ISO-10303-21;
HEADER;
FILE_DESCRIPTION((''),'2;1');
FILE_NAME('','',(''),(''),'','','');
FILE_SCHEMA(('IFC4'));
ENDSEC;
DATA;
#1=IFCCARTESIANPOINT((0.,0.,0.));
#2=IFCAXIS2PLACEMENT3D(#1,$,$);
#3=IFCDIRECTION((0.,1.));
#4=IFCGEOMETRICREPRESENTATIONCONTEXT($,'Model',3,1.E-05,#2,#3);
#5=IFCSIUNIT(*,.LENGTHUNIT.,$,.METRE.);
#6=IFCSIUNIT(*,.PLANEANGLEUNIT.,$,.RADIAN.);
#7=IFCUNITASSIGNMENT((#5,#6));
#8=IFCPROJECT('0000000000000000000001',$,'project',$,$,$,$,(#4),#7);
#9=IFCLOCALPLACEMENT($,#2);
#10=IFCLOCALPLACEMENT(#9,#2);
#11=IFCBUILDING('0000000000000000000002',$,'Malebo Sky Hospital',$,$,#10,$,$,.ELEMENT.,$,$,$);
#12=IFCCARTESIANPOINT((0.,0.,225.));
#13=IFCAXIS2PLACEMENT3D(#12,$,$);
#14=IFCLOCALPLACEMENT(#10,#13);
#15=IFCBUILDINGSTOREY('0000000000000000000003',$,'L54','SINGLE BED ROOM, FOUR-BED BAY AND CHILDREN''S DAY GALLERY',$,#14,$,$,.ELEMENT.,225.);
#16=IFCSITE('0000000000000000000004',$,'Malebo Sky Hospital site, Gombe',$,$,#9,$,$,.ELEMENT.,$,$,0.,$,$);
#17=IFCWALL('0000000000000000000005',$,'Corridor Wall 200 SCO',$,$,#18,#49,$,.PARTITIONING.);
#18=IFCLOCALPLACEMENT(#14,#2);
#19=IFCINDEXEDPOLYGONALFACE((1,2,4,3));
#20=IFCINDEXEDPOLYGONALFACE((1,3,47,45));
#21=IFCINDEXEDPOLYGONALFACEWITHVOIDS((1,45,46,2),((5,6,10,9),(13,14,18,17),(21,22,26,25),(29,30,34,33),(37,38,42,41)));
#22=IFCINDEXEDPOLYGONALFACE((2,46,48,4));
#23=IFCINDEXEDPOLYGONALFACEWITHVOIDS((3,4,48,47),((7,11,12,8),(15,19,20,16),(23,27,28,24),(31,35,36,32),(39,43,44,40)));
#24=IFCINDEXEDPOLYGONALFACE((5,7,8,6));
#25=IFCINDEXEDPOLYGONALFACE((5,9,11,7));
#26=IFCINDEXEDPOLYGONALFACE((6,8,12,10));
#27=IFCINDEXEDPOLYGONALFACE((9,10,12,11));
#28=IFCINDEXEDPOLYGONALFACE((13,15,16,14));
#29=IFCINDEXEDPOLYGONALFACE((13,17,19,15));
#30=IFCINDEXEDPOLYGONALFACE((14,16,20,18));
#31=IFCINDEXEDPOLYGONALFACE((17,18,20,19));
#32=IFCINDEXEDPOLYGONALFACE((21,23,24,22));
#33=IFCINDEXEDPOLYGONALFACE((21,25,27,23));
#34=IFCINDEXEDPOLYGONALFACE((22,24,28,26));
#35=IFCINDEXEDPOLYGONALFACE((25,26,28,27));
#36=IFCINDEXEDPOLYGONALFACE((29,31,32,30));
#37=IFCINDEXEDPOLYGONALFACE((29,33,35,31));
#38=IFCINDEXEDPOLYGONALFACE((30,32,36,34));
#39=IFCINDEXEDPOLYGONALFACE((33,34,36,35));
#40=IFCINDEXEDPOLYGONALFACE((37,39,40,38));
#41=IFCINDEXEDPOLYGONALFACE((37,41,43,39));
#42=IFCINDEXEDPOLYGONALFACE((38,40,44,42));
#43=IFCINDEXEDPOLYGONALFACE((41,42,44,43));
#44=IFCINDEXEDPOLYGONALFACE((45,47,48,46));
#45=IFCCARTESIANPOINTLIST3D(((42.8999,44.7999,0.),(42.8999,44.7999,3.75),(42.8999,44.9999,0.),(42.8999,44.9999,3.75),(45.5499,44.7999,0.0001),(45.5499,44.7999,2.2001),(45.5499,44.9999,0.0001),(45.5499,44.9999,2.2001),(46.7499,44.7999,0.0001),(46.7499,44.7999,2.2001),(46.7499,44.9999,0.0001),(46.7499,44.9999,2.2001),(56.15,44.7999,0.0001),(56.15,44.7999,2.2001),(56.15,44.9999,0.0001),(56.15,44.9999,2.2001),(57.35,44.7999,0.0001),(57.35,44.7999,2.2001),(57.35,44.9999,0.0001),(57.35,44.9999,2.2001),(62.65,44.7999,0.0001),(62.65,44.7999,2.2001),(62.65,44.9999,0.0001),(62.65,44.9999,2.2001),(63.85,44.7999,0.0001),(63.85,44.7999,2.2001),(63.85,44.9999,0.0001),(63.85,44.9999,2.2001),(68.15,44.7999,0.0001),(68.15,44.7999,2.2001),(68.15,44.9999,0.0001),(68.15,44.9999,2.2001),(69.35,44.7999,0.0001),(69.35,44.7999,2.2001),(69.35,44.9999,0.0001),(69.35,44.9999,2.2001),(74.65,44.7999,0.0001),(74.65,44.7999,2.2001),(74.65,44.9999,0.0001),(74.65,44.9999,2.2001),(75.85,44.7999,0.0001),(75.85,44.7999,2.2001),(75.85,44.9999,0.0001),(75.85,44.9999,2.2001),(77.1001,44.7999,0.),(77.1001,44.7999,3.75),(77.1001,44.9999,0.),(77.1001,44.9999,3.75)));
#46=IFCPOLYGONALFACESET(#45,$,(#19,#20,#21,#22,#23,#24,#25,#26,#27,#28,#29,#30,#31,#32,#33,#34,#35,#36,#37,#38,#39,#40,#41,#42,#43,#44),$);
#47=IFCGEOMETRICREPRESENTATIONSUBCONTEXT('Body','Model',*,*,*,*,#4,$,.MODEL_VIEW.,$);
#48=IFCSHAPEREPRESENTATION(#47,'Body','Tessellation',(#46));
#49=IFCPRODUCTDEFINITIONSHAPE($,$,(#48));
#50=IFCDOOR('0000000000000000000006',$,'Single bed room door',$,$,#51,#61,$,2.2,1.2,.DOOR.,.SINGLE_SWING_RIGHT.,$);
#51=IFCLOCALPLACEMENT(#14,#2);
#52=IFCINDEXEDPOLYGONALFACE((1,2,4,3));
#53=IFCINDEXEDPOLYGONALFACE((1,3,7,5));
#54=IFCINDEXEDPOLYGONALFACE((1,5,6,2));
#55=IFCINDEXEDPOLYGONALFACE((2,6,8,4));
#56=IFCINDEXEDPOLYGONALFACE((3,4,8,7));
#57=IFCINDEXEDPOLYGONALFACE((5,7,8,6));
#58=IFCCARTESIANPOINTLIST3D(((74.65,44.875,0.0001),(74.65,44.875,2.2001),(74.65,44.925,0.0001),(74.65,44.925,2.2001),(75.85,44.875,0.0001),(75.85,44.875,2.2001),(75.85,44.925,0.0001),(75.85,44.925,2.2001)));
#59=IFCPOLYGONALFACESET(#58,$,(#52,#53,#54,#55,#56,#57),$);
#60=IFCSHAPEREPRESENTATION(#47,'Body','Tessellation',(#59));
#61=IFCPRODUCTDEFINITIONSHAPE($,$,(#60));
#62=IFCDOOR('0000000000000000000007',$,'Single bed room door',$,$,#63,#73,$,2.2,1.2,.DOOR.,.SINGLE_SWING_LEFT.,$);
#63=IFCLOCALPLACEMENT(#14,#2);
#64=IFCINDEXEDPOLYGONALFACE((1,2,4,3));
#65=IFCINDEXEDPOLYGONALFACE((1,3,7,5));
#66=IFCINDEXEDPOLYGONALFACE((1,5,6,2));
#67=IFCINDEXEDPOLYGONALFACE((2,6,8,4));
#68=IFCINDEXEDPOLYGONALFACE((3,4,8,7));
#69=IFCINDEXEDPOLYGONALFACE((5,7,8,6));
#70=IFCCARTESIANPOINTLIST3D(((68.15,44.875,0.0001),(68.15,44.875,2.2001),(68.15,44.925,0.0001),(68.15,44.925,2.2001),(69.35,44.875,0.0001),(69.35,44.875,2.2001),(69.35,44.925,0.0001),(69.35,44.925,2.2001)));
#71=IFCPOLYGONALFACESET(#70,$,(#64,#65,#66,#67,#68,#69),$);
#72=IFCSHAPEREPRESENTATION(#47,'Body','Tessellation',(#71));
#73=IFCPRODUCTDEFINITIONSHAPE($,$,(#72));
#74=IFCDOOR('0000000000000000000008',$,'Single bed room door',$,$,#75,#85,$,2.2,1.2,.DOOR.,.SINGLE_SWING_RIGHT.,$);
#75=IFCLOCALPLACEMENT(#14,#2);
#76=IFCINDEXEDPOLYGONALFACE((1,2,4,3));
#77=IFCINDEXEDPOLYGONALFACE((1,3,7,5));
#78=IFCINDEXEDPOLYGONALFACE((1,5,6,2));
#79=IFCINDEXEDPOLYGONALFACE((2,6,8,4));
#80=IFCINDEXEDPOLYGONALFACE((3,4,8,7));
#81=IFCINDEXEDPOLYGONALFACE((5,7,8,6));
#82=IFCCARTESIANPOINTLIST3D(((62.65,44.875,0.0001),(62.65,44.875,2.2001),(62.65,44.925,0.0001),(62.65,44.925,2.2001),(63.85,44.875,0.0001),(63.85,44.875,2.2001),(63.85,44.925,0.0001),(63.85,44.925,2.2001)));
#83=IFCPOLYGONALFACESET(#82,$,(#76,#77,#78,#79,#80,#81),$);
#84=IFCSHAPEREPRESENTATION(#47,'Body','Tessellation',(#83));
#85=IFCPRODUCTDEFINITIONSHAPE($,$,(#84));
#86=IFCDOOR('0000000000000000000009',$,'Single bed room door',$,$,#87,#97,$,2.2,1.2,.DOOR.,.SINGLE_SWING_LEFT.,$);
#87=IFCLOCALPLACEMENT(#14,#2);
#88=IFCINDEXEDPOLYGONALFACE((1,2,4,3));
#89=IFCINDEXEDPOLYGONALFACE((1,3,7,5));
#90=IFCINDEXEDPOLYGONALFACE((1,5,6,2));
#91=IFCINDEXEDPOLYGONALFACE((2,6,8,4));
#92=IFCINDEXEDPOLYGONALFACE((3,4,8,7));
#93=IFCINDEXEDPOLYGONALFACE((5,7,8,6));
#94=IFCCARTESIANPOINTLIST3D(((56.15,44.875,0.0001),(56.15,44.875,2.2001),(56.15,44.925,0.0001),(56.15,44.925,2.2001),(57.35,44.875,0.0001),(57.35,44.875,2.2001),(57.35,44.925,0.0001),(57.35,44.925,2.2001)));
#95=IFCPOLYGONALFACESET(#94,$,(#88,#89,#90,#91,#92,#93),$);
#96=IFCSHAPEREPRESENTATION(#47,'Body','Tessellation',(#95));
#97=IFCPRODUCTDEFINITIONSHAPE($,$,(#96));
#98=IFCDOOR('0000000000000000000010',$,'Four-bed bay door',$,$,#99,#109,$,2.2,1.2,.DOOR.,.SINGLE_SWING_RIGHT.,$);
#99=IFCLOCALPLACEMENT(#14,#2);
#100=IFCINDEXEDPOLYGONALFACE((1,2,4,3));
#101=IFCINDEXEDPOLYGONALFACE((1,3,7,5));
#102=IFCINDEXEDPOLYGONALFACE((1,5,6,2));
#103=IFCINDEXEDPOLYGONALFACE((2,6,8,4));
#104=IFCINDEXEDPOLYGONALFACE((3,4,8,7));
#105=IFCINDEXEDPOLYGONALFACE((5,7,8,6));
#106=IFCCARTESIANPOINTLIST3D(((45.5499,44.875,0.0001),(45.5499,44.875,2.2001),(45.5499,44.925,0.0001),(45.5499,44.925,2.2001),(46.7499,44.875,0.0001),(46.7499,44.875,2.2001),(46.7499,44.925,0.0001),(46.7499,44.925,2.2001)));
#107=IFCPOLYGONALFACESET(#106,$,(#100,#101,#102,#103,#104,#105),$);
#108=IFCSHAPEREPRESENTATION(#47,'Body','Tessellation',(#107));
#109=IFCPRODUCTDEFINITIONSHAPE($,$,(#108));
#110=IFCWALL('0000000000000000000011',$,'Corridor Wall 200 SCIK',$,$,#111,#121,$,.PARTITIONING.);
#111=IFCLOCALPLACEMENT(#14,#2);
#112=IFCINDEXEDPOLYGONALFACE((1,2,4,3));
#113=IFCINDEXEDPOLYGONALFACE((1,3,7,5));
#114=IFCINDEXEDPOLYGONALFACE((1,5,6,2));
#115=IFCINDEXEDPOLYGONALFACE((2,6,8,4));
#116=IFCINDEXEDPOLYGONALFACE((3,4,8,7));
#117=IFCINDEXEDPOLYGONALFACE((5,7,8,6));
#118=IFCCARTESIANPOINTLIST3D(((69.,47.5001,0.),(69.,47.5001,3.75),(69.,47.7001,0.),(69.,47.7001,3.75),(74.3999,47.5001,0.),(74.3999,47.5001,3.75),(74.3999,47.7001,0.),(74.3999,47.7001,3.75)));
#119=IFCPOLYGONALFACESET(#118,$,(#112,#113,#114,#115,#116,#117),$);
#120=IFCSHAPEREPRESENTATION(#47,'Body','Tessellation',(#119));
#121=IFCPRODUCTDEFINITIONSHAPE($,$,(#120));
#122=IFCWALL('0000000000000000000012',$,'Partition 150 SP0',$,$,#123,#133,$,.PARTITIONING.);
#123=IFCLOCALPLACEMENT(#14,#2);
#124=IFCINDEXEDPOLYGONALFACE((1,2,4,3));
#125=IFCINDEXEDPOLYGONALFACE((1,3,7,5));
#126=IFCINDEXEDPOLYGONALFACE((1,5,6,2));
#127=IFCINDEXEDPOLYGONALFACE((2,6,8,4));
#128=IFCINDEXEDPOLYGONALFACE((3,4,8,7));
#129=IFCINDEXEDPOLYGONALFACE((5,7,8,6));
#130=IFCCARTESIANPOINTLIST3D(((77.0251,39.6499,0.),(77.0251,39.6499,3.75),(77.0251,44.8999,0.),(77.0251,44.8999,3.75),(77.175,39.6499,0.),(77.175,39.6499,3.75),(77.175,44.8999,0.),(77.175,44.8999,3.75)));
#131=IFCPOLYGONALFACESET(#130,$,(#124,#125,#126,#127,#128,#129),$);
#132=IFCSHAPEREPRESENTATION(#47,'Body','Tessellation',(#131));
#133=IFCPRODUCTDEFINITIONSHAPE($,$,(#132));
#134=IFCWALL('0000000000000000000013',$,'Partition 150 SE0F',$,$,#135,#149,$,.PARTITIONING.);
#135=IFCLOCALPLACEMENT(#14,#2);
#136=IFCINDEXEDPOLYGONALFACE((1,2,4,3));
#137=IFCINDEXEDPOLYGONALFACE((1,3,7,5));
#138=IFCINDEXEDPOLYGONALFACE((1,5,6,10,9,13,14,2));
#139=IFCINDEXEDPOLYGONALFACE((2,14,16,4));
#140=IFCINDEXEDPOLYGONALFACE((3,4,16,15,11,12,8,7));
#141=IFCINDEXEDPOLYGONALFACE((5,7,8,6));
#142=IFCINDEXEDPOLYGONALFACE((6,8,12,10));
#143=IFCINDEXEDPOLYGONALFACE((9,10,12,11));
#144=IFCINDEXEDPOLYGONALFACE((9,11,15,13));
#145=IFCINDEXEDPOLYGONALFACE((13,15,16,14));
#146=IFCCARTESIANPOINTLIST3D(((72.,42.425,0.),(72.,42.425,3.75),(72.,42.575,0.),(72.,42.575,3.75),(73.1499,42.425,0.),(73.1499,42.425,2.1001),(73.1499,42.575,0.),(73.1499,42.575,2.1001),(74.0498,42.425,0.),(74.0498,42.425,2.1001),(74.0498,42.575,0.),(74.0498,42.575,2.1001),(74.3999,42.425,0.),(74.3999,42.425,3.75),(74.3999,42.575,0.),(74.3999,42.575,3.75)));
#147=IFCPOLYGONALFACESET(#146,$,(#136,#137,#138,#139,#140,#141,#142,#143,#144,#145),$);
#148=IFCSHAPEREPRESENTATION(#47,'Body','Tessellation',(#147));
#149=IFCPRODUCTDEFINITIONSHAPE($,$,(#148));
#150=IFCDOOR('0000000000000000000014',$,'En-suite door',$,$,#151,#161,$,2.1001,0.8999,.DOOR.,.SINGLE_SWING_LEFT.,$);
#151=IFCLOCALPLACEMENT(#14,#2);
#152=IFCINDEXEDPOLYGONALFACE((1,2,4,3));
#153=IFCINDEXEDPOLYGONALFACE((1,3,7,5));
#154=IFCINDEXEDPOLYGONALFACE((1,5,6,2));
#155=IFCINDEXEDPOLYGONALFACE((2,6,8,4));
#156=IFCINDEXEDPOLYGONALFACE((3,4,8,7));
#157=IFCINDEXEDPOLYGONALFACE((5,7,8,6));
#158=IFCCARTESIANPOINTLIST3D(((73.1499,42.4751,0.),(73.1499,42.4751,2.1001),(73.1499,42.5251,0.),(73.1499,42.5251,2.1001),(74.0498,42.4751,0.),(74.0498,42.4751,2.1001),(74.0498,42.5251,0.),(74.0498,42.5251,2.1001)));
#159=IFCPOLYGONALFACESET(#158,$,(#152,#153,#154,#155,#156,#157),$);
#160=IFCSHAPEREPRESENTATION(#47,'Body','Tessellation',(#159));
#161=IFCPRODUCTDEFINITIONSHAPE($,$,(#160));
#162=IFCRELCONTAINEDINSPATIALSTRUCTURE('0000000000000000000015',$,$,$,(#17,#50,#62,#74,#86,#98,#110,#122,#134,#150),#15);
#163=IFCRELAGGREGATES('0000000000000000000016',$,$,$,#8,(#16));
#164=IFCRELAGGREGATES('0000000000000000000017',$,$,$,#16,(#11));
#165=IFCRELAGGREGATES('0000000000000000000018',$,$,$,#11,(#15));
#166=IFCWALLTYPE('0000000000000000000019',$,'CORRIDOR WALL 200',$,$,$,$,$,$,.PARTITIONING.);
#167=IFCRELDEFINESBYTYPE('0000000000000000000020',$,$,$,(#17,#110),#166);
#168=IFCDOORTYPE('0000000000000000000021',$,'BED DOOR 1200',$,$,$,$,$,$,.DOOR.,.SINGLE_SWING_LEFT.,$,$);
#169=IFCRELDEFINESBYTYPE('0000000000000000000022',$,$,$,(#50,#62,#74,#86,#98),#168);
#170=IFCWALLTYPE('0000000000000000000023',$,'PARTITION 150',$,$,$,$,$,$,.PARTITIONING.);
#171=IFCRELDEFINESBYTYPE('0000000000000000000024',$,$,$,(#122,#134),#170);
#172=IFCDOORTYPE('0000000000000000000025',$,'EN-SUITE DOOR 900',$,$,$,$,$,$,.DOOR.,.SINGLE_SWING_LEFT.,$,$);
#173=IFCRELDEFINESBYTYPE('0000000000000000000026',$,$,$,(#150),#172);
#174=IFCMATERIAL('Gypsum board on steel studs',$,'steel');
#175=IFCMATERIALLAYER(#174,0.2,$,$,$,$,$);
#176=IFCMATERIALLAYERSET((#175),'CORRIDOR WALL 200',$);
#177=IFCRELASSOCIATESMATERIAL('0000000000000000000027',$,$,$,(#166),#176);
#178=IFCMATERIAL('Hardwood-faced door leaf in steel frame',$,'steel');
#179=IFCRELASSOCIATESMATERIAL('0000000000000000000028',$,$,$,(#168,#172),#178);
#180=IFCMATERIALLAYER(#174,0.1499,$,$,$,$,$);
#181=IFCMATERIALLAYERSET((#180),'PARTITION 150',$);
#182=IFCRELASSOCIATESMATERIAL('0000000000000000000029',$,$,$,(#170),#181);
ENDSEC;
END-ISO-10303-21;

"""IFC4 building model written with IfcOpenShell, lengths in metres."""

from ifc_helpers import new_model, si_unit, direction, frame, frame_2d, origin, place, context, subcontext, project, spatial, rectangle, extrude, material, layer, layer_set, type_object, element, fill, save


model = new_model("IFC4")

# Units and contexts
model_context = context("Model", 3, precision=1e-05, world=origin(), true_north=direction((0.0, 1.0)))
body_context = subcontext(model_context, "Body", "Model", "MODEL_VIEW")
ifc_project = project(units=[si_unit("LENGTHUNIT", "METRE"), si_unit("PLANEANGLEUNIT", "RADIAN")], contexts=[model_context])

# Site, building, storey
site_placement = place(None, origin())
site = spatial("IfcSite", under=ifc_project, at=site_placement, Name="Malebo Sky Hospital site, Gombe", CompositionType="ELEMENT", RefElevation=0.0)
building_placement = place(site_placement, origin())
building = spatial("IfcBuilding", under=site, at=building_placement, Name="Malebo Sky Hospital", CompositionType="ELEMENT")
storey_placement = place(building_placement, frame((0.0, 0.0, 225.0)))
storey = spatial("IfcBuildingStorey", under=building, at=storey_placement, Name="L54", Description="SINGLE BED ROOM, FOUR-BED BAY AND CHILDREN'S DAY GALLERY", CompositionType="ELEMENT", Elevation=225.0)

# Wall, openings, doors
ifc_material_1 = material(Name="Gypsum board on steel studs", Category="steel")
ifc_layer_1 = layer(ifc_material_1, 0.2)
ifc_layer_set_1 = layer_set([ifc_layer_1], Name="CORRIDOR WALL 200")
wall_type_1 = type_object("IfcWallType", Name="CORRIDOR WALL 200", PredefinedType="PARTITIONING", material=ifc_layer_set_1)
wall_1_placement = place(storey_placement, frame((77.1001, 44.8999, 0.0), z_axis=(0.0, 0.0, 1.0), x_axis=(-1.0, 0.0, 0.0)))
wall_1 = element("IfcWall", 1, at=wall_1_placement, inside=storey, type_object=wall_type_1, Name="Corridor Wall 200 SCO", PredefinedType="PARTITIONING", context=body_context, shape_type="SweptSolid", body=[
    extrude(rectangle(XDim=34.2002, YDim=0.2, at=frame_2d((17.1001, 0.0))), origin(), (0.0, 0.0, 1.0), 3.75),
])
opening_1_placement = place(wall_1_placement, frame((1.25, 0.0, 0.0)))
opening_1 = element("IfcOpeningElement", 2, at=opening_1_placement, cuts=wall_1, PredefinedType="OPENING", context=body_context, shape_type="SweptSolid", body=[
    extrude(rectangle(XDim=1.2, YDim=2.2, at=frame_2d((0.6001, 1.1001))), frame((0.0, 0.1099, 0.0), z_axis=(0.0, -1.0, 0.0), x_axis=(1.0, 0.0, 0.0)), (0.0, 0.0, 1.0), 0.22),
])
opening_2_placement = place(wall_1_placement, frame((7.75, 0.0, 0.0)))
opening_2 = element("IfcOpeningElement", 3, at=opening_2_placement, cuts=wall_1, PredefinedType="OPENING", context=body_context, shape_type="SweptSolid", body=[
    extrude(rectangle(XDim=1.2, YDim=2.2, at=frame_2d((0.6001, 1.1001))), frame((0.0, 0.1099, 0.0), z_axis=(0.0, -1.0, 0.0), x_axis=(1.0, 0.0, 0.0)), (0.0, 0.0, 1.0), 0.22),
])
opening_3_placement = place(wall_1_placement, frame((13.25, 0.0, 0.0)))
opening_3 = element("IfcOpeningElement", 4, at=opening_3_placement, cuts=wall_1, PredefinedType="OPENING", context=body_context, shape_type="SweptSolid", body=[
    extrude(rectangle(XDim=1.2, YDim=2.2, at=frame_2d((0.6001, 1.1001))), frame((0.0, 0.1099, 0.0), z_axis=(0.0, -1.0, 0.0), x_axis=(1.0, 0.0, 0.0)), (0.0, 0.0, 1.0), 0.22),
])
opening_4_placement = place(wall_1_placement, frame((19.75, 0.0, 0.0)))
opening_4 = element("IfcOpeningElement", 5, at=opening_4_placement, cuts=wall_1, PredefinedType="OPENING", context=body_context, shape_type="SweptSolid", body=[
    extrude(rectangle(XDim=1.2, YDim=2.2, at=frame_2d((0.6001, 1.1001))), frame((0.0, 0.1099, 0.0), z_axis=(0.0, -1.0, 0.0), x_axis=(1.0, 0.0, 0.0)), (0.0, 0.0, 1.0), 0.22),
])
opening_5_placement = place(wall_1_placement, frame((30.3501, 0.0, 0.0)))
opening_5 = element("IfcOpeningElement", 6, at=opening_5_placement, cuts=wall_1, PredefinedType="OPENING", context=body_context, shape_type="SweptSolid", body=[
    extrude(rectangle(XDim=1.2, YDim=2.2, at=frame_2d((0.6001, 1.1001))), frame((0.0, 0.1099, 0.0), z_axis=(0.0, -1.0, 0.0), x_axis=(1.0, 0.0, 0.0)), (0.0, 0.0, 1.0), 0.22),
])
ifc_material_2 = material(Name="Hardwood-faced door leaf in steel frame", Category="steel")
door_type_1 = type_object("IfcDoorType", Name="BED DOOR 1200", OperationType="SINGLE_SWING_LEFT", PredefinedType="DOOR", material=ifc_material_2)
door_1_placement = place(opening_1_placement, origin())
door_1 = element("IfcDoor", 7, at=door_1_placement, inside=storey, type_object=door_type_1, Name="Single bed room door", OperationType="SINGLE_SWING_RIGHT", OverallHeight=2.2, OverallWidth=1.2, PredefinedType="DOOR", context=body_context, shape_type="SweptSolid", body=[
    extrude(rectangle(XDim=1.2, YDim=2.2, at=frame_2d((0.6001, 1.1001))), frame((0.0, 0.0249, 0.0), z_axis=(0.0, -1.0, 0.0), x_axis=(1.0, 0.0, 0.0)), (0.0, 0.0, 1.0), 0.05),
])
fill(opening_1, door_1)
door_2_placement = place(opening_2_placement, origin())
door_2 = element("IfcDoor", 8, at=door_2_placement, inside=storey, type_object=door_type_1, Name="Single bed room door", OperationType="SINGLE_SWING_LEFT", OverallHeight=2.2, OverallWidth=1.2, PredefinedType="DOOR", context=body_context, shape_type="SweptSolid", body=[
    extrude(rectangle(XDim=1.2, YDim=2.2, at=frame_2d((0.6001, 1.1001))), frame((0.0, 0.0249, 0.0), z_axis=(0.0, -1.0, 0.0), x_axis=(1.0, 0.0, 0.0)), (0.0, 0.0, 1.0), 0.05),
])
fill(opening_2, door_2)
door_3_placement = place(opening_3_placement, origin())
door_3 = element("IfcDoor", 9, at=door_3_placement, inside=storey, type_object=door_type_1, Name="Single bed room door", OperationType="SINGLE_SWING_RIGHT", OverallHeight=2.2, OverallWidth=1.2, PredefinedType="DOOR", context=body_context, shape_type="SweptSolid", body=[
    extrude(rectangle(XDim=1.2, YDim=2.2, at=frame_2d((0.6001, 1.1001))), frame((0.0, 0.0249, 0.0), z_axis=(0.0, -1.0, 0.0), x_axis=(1.0, 0.0, 0.0)), (0.0, 0.0, 1.0), 0.05),
])
fill(opening_3, door_3)
door_4_placement = place(opening_4_placement, origin())
door_4 = element("IfcDoor", 10, at=door_4_placement, inside=storey, type_object=door_type_1, Name="Single bed room door", OperationType="SINGLE_SWING_LEFT", OverallHeight=2.2, OverallWidth=1.2, PredefinedType="DOOR", context=body_context, shape_type="SweptSolid", body=[
    extrude(rectangle(XDim=1.2, YDim=2.2, at=frame_2d((0.6001, 1.1001))), frame((0.0, 0.0249, 0.0), z_axis=(0.0, -1.0, 0.0), x_axis=(1.0, 0.0, 0.0)), (0.0, 0.0, 1.0), 0.05),
])
fill(opening_4, door_4)
door_5_placement = place(opening_5_placement, origin())
door_5 = element("IfcDoor", 11, at=door_5_placement, inside=storey, type_object=door_type_1, Name="Four-bed bay door", OperationType="SINGLE_SWING_RIGHT", OverallHeight=2.2, OverallWidth=1.2, PredefinedType="DOOR", context=body_context, shape_type="SweptSolid", body=[
    extrude(rectangle(XDim=1.2, YDim=2.2, at=frame_2d((0.6001, 1.1001))), frame((0.0, 0.0249, 0.0), z_axis=(0.0, -1.0, 0.0), x_axis=(1.0, 0.0, 0.0)), (0.0, 0.0, 1.0), 0.05),
])
fill(opening_5, door_5)

# Walls
wall_2_placement = place(storey_placement, frame((74.3999, 47.6001, 0.0), z_axis=(0.0, 0.0, 1.0), x_axis=(-1.0, 0.0, 0.0)))
element("IfcWall", 12, at=wall_2_placement, inside=storey, type_object=wall_type_1, Name="Corridor Wall 200 SCIK", PredefinedType="PARTITIONING", context=body_context, shape_type="SweptSolid", body=[
    extrude(rectangle(XDim=5.3999, YDim=0.2, at=frame_2d((2.7, 0.0))), origin(), (0.0, 0.0, 1.0), 3.75),
])
ifc_layer_2 = layer(ifc_material_1, 0.1499)
ifc_layer_set_2 = layer_set([ifc_layer_2], Name="PARTITION 150")
wall_type_2 = type_object("IfcWallType", Name="PARTITION 150", PredefinedType="PARTITIONING", material=ifc_layer_set_2)
wall_3_placement = place(storey_placement, frame((77.1001, 44.8999, 0.0), z_axis=(0.0, 0.0, 1.0), x_axis=(0.0, -1.0, 0.0)))
element("IfcWall", 13, at=wall_3_placement, inside=storey, type_object=wall_type_2, Name="Partition 150 SP0", PredefinedType="PARTITIONING", context=body_context, shape_type="SweptSolid", body=[
    extrude(rectangle(XDim=5.25, YDim=0.1499, at=frame_2d((2.625, 0.0))), origin(), (0.0, 0.0, 1.0), 3.75),
])

# Wall, opening, door
wall_4_placement = place(storey_placement, frame((74.3999, 42.5, 0.0), z_axis=(0.0, 0.0, 1.0), x_axis=(-1.0, 0.0, 0.0)))
wall_4 = element("IfcWall", 14, at=wall_4_placement, inside=storey, type_object=wall_type_2, Name="Partition 150 SE0F", PredefinedType="PARTITIONING", context=body_context, shape_type="SweptSolid", body=[
    extrude(rectangle(XDim=2.3999, YDim=0.1499, at=frame_2d((1.2, 0.0))), origin(), (0.0, 0.0, 1.0), 3.75),
])
opening_6_placement = place(wall_4_placement, frame((0.3501, 0.0, 0.0)))
opening_6 = element("IfcOpeningElement", 15, at=opening_6_placement, cuts=wall_4, PredefinedType="OPENING", context=body_context, shape_type="SweptSolid", body=[
    extrude(rectangle(XDim=0.8999, YDim=2.1001, at=frame_2d((0.45, 1.05))), frame((0.0, 0.085, 0.0), z_axis=(0.0, -1.0, 0.0), x_axis=(1.0, 0.0, 0.0)), (0.0, 0.0, 1.0), 0.1699),
])
door_type_2 = type_object("IfcDoorType", Name="EN-SUITE DOOR 900", OperationType="SINGLE_SWING_LEFT", PredefinedType="DOOR", material=ifc_material_2)
door_6_placement = place(opening_6_placement, origin())
door_6 = element("IfcDoor", 16, at=door_6_placement, inside=storey, type_object=door_type_2, Name="En-suite door", OperationType="SINGLE_SWING_LEFT", OverallHeight=2.1001, OverallWidth=0.8999, PredefinedType="DOOR", context=body_context, shape_type="SweptSolid", body=[
    extrude(rectangle(XDim=0.8999, YDim=2.1001, at=frame_2d((0.45, 1.05))), frame((0.0, 0.0249, 0.0), z_axis=(0.0, -1.0, 0.0), x_axis=(1.0, 0.0, 0.0)), (0.0, 0.0, 1.0), 0.05),
])
fill(opening_6, door_6)

save(model, "model.ifc")
